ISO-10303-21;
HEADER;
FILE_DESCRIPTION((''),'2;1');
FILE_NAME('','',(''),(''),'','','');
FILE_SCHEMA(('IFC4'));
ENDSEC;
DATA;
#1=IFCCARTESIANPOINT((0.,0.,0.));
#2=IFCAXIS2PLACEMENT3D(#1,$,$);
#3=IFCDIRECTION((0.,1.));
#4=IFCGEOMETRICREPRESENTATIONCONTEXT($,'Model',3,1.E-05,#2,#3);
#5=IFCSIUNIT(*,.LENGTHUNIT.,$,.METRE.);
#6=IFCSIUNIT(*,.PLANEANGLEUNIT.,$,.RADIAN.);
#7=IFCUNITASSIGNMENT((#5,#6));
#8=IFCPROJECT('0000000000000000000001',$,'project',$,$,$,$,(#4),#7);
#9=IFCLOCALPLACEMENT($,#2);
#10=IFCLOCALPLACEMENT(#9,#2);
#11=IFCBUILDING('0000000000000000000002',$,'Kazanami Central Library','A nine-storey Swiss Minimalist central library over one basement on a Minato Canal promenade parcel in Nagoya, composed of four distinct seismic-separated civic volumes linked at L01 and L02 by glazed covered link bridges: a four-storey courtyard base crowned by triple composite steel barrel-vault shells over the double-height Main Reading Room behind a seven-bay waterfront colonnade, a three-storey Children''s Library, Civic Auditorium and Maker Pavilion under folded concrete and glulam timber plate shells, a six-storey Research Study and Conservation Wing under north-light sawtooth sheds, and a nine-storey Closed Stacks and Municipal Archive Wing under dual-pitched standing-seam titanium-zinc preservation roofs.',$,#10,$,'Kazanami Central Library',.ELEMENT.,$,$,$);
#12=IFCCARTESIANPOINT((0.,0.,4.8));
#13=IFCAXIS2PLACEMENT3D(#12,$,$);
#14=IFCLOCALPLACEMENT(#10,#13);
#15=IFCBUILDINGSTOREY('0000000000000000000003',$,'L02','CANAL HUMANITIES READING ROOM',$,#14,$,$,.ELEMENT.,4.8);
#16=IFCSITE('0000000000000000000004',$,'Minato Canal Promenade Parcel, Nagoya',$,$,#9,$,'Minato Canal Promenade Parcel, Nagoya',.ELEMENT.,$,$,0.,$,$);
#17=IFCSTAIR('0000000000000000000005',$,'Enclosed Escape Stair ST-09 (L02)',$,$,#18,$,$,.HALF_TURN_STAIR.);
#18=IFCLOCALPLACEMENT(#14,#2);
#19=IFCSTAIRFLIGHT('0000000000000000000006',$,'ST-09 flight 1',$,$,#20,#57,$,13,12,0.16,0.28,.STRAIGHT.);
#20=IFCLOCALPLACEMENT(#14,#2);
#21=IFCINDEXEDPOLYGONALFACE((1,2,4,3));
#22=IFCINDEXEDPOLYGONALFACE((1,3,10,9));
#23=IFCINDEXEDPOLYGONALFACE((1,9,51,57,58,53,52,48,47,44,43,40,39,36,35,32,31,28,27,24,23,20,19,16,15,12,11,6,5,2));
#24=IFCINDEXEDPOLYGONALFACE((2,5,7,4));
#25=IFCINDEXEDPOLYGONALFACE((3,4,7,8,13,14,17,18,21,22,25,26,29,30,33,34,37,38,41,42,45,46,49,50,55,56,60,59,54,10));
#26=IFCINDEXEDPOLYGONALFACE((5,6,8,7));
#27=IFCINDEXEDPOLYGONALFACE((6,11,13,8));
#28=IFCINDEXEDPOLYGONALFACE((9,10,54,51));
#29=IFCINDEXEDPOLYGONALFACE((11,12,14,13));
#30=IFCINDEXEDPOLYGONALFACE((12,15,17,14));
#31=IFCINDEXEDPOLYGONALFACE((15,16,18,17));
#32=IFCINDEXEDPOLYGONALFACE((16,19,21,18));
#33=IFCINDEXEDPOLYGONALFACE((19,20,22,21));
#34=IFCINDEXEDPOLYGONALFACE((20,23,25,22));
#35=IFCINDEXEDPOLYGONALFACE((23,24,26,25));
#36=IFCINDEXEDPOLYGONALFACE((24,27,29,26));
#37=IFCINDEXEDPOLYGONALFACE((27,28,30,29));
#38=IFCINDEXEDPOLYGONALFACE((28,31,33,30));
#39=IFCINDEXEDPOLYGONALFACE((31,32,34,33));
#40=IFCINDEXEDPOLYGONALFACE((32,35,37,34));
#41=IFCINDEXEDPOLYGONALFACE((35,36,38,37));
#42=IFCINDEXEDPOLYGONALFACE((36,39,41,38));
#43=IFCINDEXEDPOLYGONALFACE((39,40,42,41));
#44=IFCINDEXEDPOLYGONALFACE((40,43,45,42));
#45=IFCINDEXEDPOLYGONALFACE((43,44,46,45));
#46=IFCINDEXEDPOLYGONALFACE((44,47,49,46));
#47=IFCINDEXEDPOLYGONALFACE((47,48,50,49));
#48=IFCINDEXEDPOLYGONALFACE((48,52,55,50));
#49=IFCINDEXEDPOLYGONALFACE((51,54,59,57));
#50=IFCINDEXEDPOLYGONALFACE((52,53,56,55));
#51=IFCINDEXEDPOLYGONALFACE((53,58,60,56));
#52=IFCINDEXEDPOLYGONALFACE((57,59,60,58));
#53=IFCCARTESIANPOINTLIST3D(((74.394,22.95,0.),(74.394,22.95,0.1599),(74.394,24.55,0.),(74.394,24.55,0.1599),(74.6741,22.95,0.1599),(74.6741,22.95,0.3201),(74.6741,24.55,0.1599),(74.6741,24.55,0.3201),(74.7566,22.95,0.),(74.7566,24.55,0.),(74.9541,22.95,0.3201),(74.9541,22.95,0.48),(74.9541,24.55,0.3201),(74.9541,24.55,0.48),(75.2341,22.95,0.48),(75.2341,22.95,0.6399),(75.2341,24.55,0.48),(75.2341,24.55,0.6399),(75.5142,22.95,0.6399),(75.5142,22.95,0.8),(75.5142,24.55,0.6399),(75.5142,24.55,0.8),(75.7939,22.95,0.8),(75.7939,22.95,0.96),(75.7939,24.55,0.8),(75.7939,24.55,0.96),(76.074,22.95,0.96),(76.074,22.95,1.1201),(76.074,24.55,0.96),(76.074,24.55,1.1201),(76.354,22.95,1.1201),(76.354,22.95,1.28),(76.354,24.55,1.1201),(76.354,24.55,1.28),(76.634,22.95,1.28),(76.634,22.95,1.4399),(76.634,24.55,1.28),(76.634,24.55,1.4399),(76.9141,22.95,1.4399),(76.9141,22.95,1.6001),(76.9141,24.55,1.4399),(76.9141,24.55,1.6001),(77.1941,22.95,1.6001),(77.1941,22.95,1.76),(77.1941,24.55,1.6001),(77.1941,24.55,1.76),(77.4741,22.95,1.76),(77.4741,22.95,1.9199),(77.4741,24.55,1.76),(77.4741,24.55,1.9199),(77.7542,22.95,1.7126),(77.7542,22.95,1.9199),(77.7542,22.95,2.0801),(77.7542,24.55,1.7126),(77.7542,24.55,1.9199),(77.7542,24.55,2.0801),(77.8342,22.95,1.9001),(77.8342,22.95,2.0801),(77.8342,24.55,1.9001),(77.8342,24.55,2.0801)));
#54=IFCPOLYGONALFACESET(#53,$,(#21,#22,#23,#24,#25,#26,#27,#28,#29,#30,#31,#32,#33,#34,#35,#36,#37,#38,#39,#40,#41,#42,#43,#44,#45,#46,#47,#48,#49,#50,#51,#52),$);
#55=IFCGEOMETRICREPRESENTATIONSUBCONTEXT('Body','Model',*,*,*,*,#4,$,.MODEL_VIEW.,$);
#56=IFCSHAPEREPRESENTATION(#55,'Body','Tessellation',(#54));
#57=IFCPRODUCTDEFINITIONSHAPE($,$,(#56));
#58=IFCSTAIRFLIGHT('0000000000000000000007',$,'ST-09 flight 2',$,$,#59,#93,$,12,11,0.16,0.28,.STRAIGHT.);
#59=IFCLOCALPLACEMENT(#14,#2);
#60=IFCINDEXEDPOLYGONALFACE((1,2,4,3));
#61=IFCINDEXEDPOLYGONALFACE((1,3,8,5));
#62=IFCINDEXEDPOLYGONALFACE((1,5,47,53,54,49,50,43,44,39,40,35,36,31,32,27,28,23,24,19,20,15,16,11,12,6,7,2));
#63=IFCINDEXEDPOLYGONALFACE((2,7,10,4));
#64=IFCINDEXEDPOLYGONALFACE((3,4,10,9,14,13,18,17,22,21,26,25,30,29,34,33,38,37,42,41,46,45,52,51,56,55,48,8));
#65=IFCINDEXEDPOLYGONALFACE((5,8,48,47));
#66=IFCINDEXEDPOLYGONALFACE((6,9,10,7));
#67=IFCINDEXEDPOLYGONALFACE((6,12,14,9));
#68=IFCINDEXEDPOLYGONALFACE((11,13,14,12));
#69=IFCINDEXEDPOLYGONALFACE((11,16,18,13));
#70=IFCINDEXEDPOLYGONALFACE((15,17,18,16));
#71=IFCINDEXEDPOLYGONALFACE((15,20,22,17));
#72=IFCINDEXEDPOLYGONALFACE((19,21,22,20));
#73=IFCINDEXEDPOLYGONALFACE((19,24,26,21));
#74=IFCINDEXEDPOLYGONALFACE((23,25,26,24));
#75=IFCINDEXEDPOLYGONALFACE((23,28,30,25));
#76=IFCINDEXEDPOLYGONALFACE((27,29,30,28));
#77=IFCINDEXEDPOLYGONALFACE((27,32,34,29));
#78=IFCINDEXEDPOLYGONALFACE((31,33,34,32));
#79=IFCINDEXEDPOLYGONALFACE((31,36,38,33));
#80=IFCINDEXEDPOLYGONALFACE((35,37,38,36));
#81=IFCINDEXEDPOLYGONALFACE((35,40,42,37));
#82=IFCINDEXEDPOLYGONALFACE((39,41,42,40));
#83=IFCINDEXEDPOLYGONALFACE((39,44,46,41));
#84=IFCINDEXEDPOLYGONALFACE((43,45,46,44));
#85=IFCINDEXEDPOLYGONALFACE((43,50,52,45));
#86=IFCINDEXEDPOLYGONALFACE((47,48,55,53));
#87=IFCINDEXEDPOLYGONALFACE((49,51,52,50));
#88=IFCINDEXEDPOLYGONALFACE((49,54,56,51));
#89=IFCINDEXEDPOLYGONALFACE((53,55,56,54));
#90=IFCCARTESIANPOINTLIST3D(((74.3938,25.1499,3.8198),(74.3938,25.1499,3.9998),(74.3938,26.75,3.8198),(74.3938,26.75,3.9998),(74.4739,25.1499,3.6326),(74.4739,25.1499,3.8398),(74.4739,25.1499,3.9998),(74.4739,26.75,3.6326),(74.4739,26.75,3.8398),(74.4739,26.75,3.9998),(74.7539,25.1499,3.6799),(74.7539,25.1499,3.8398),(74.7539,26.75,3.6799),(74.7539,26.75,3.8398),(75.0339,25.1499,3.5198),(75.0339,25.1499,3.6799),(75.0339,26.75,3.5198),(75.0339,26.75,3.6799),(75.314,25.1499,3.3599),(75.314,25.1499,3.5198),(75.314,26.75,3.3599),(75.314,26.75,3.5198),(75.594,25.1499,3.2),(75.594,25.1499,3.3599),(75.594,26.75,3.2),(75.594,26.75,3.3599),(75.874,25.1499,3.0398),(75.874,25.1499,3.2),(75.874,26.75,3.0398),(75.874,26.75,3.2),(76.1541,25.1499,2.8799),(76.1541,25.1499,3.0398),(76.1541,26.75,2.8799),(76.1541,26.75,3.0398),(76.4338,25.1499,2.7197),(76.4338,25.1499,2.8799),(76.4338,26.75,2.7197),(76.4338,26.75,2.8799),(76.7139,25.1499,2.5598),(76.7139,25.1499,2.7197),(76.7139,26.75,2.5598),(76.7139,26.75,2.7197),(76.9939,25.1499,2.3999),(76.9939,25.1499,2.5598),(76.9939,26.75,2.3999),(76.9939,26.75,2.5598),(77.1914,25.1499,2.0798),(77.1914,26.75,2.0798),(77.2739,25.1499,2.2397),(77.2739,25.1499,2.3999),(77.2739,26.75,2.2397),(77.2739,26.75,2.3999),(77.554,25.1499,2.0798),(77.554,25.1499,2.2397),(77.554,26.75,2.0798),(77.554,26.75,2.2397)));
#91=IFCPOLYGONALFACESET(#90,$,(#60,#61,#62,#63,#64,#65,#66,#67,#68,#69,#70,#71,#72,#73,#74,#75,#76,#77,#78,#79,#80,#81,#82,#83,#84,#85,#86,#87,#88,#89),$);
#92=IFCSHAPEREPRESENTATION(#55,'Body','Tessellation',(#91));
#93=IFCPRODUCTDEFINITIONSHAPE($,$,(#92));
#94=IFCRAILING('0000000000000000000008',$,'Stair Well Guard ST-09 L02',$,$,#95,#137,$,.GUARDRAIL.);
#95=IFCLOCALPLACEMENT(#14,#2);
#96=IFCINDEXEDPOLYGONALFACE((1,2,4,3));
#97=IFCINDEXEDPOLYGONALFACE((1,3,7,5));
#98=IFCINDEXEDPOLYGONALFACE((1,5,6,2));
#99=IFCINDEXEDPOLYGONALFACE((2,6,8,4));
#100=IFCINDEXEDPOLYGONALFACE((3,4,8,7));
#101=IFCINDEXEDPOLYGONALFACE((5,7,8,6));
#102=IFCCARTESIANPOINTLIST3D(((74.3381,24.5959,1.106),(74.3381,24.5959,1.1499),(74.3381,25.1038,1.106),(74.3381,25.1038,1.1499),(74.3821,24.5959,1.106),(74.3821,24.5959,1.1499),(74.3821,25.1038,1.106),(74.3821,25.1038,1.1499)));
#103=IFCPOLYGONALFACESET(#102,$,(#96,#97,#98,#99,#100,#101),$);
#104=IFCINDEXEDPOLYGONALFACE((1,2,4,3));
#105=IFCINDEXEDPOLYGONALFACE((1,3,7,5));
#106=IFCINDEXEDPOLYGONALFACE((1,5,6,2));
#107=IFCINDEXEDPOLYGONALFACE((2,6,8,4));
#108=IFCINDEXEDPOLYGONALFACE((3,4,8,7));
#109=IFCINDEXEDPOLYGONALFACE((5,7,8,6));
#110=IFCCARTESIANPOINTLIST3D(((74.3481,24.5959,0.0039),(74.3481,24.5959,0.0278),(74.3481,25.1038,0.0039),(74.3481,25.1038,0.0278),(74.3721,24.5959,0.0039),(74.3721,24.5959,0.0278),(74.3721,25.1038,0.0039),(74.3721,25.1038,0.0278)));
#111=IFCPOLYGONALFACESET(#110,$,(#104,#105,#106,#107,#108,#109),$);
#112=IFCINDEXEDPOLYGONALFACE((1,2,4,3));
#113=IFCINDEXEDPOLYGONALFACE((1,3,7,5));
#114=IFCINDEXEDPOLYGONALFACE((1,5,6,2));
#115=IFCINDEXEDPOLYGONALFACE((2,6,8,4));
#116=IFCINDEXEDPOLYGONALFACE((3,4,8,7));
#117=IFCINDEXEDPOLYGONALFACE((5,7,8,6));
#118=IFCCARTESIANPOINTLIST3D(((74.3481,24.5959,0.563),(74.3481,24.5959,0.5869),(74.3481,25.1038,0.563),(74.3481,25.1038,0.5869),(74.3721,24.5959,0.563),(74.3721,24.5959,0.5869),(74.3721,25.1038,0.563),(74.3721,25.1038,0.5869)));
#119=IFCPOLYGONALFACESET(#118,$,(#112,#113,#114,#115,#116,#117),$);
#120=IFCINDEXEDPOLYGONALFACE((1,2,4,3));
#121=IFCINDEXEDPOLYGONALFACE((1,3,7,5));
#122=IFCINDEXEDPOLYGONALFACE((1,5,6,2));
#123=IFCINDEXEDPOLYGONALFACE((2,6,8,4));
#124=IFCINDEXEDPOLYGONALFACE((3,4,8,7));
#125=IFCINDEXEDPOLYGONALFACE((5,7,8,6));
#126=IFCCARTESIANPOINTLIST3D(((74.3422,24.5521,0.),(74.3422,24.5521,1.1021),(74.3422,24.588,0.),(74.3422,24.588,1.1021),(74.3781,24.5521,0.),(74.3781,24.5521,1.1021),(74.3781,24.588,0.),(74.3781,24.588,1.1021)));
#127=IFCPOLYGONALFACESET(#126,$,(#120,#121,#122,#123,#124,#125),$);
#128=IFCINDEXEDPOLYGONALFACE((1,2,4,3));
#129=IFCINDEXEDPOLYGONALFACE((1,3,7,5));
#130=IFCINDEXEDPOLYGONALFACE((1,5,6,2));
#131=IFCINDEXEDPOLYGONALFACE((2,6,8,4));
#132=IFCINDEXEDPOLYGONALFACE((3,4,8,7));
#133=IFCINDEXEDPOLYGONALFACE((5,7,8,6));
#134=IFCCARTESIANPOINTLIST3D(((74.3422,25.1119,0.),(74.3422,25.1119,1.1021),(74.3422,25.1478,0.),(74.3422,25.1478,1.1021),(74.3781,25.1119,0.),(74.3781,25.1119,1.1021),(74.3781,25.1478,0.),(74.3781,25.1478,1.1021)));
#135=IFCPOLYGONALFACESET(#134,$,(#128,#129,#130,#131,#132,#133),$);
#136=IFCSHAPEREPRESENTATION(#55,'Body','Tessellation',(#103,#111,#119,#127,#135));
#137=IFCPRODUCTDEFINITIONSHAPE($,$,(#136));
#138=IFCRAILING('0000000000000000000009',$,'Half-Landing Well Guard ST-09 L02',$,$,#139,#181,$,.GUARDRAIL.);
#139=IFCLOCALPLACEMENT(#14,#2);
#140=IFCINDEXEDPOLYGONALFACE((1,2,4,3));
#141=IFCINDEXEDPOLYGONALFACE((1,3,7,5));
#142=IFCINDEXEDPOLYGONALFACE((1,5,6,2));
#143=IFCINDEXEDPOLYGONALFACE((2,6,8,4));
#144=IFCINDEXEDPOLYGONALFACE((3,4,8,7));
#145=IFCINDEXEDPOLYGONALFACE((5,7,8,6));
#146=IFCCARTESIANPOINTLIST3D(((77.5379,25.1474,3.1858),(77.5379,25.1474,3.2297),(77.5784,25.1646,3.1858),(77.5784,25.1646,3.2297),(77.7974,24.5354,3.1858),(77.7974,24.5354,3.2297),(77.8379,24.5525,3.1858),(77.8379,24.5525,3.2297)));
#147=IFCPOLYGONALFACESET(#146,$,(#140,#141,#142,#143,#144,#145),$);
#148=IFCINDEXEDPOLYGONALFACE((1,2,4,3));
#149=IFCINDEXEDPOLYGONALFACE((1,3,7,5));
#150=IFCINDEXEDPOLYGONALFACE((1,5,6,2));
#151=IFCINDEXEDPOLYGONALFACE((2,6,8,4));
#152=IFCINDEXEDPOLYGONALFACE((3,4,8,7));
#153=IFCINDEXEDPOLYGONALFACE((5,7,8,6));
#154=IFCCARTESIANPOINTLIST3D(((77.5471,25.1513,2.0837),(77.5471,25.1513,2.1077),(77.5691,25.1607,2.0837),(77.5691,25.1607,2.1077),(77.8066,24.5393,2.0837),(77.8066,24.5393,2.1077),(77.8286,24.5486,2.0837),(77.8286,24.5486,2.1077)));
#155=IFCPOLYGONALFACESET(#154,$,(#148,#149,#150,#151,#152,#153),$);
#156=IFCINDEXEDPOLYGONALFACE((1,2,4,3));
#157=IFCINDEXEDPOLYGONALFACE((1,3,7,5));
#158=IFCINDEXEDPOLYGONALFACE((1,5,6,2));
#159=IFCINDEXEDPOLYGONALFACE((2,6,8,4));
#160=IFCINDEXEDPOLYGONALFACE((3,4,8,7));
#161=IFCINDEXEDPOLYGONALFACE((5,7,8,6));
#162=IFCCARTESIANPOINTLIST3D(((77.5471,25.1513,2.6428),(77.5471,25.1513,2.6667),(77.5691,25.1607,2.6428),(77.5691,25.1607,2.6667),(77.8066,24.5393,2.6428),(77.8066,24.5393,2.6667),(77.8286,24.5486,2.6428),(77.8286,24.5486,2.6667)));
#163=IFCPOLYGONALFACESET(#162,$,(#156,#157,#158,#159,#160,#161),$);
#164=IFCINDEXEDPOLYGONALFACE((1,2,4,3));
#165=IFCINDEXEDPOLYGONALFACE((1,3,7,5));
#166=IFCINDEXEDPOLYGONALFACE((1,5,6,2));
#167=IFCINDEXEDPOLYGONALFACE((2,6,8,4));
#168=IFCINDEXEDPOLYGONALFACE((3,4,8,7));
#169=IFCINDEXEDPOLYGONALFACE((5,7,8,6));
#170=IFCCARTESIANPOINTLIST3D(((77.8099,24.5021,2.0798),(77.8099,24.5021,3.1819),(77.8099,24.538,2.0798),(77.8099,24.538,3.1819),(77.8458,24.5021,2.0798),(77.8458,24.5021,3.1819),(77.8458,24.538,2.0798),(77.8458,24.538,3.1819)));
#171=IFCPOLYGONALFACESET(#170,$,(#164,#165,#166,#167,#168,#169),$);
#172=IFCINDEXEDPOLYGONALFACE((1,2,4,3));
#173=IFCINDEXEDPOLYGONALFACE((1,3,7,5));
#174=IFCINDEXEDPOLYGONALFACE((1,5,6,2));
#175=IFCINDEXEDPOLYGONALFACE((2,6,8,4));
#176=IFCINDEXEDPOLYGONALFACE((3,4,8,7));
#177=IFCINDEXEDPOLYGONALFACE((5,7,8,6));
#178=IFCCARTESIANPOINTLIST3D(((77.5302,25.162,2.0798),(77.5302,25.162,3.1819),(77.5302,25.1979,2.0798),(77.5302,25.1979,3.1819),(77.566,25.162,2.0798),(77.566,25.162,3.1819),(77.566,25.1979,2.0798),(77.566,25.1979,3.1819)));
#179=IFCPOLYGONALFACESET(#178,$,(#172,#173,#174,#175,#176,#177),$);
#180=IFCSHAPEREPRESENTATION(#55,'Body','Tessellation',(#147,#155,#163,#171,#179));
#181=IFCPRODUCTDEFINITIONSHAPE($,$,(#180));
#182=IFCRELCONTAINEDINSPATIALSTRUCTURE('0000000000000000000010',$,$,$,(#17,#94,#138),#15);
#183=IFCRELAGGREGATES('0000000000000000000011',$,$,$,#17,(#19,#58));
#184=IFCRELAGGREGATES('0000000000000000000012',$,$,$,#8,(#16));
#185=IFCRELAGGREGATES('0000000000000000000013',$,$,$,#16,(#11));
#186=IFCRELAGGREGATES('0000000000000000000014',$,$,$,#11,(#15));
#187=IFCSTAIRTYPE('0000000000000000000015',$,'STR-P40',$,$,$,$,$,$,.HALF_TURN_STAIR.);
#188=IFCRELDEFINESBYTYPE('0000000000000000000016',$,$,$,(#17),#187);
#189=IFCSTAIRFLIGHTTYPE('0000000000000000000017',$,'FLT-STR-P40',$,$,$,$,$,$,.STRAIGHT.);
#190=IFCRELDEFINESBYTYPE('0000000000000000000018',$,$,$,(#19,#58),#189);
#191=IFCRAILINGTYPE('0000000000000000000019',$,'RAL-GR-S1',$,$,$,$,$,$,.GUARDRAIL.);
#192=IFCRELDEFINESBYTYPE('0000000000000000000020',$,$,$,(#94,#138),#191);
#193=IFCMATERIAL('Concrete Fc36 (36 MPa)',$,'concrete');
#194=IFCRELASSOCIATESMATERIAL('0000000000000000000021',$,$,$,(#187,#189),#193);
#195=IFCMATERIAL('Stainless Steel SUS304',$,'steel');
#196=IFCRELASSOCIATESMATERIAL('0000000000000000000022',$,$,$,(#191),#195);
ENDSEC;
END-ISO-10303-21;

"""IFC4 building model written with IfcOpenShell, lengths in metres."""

from ifc_helpers import new_model, si_unit, direction, frame, origin, origin_2d, place, context, subcontext, project, spatial, polyline, rectangle, outline, extrude, material, type_object, element, aggregate, save


model = new_model("IFC4")

# Units and contexts
model_context = context("Model", 3, precision=1e-05, world=origin(), true_north=direction((0.0, 1.0)))
body_context = subcontext(model_context, "Body", "Model", "MODEL_VIEW")
ifc_project = project(units=[si_unit("LENGTHUNIT", "METRE"), si_unit("PLANEANGLEUNIT", "RADIAN")], contexts=[model_context])

# Site, building, storey
site_placement = place(None, origin())
site = spatial("IfcSite", under=ifc_project, at=site_placement, Name="Minato Canal Promenade Parcel, Nagoya", LongName="Minato Canal Promenade Parcel, Nagoya", CompositionType="ELEMENT", RefElevation=0.0)
building_placement = place(site_placement, origin())
building = spatial("IfcBuilding", under=site, at=building_placement, Name="Kazanami Central Library", Description="A nine-storey Swiss Minimalist central library over one basement on a Minato Canal promenade parcel in Nagoya, composed of four distinct seismic-separated civic volumes linked at L01 and L02 by glazed covered link bridges: a four-storey courtyard base crowned by triple composite steel barrel-vault shells over the double-height Main Reading Room behind a seven-bay waterfront colonnade, a three-storey Children's Library, Civic Auditorium and Maker Pavilion under folded concrete and glulam timber plate shells, a six-storey Research Study and Conservation Wing under north-light sawtooth sheds, and a nine-storey Closed Stacks and Municipal Archive Wing under dual-pitched standing-seam titanium-zinc preservation roofs.", LongName="Kazanami Central Library", CompositionType="ELEMENT")
storey_placement = place(building_placement, frame((0.0, 0.0, 4.8)))
storey = spatial("IfcBuildingStorey", under=building, at=storey_placement, Name="L02", Description="CANAL HUMANITIES READING ROOM", CompositionType="ELEMENT", Elevation=4.8)

# Shared definitions
ifc_material_1 = material(Name="Concrete Fc36 (36 MPa)", Category="concrete")

# Stair, stair flights
stair_type = type_object("IfcStairType", Name="STR-P40", PredefinedType="HALF_TURN_STAIR", material=ifc_material_1)
stair_placement = place(storey_placement, origin())
stair = element("IfcStair", 1, at=stair_placement, inside=storey, type_object=stair_type, Name="Enclosed Escape Stair ST-09 (L02)", PredefinedType="HALF_TURN_STAIR")
stair_flight_type = type_object("IfcStairFlightType", Name="FLT-STR-P40", PredefinedType="STRAIGHT", material=ifc_material_1)
stair_flight_1_placement = place(storey_placement, frame((74.394, 23.75, 0.0), z_axis=(0.0, 0.0, 1.0), x_axis=(1.0, 0.0, 0.0)))
stair_flight_1 = element("IfcStairFlight", 2, at=stair_flight_1_placement, type_object=stair_flight_type, Name="ST-09 flight 1", NumberOfRisers=13, NumberOfTreads=12, PredefinedType="STRAIGHT", RiserHeight=0.16, TreadLength=0.28, context=body_context, shape_type="SweptSolid", body=[
    extrude(outline(polyline([(0.0, 0.0), (0.0, 0.1599), (0.28, 0.1599), (0.28, 0.3201), (0.5601, 0.3201), (0.5601, 0.48), (0.8401, 0.48), (0.8401, 0.6399), (1.1201, 0.6399), (1.1201, 0.8), (1.3999, 0.8), (1.3999, 0.96), (1.6799, 0.96), (1.6799, 1.1201), (1.96, 1.1201), (1.96, 1.28), (2.24, 1.28), (2.24, 1.4399), (2.52, 1.4399), (2.52, 1.6001), (2.8, 1.6001), (2.8, 1.76), (3.0801, 1.76), (3.0801, 1.9199), (3.3601, 1.9199), (3.3601, 2.0801), (3.4402, 2.0801), (3.4402, 1.9001), (3.3601, 1.7126), (0.3625, 0.0), (0.0, 0.0)])), frame((0.0, 0.8, 0.0), z_axis=(0.0, -1.0, 0.0), x_axis=(1.0, 0.0, 0.0)), (0.0, 0.0, 1.0), 1.6001),
])
stair_flight_2_placement = place(storey_placement, frame((77.554, 25.95, 2.0798), z_axis=(0.0, 0.0, 1.0), x_axis=(-1.0, 0.0, 0.0)))
stair_flight_2 = element("IfcStairFlight", 3, at=stair_flight_2_placement, type_object=stair_flight_type, Name="ST-09 flight 2", NumberOfRisers=12, NumberOfTreads=11, PredefinedType="STRAIGHT", RiserHeight=0.16, TreadLength=0.28, context=body_context, shape_type="SweptSolid", body=[
    extrude(outline(polyline([(0.0, 0.0), (0.0, 0.1599), (0.28, 0.1599), (0.28, 0.3201), (0.5601, 0.3201), (0.5601, 0.48), (0.8401, 0.48), (0.8401, 0.6399), (1.1201, 0.6399), (1.1201, 0.8), (1.3999, 0.8), (1.3999, 0.96), (1.6799, 0.96), (1.6799, 1.1201), (1.96, 1.1201), (1.96, 1.28), (2.24, 1.28), (2.24, 1.4399), (2.52, 1.4399), (2.52, 1.6001), (2.8, 1.6001), (2.8, 1.76), (3.0801, 1.76), (3.0801, 1.9199), (3.1602, 1.9199), (3.1602, 1.74), (3.0801, 1.5527), (0.3625, 0.0), (0.0, 0.0)])), frame((0.0, 0.8, 0.0), z_axis=(0.0, -1.0, 0.0), x_axis=(1.0, 0.0, 0.0)), (0.0, 0.0, 1.0), 1.6001),
])
aggregate(stair, [stair_flight_1, stair_flight_2])

# Railings
ifc_material_2 = material(Name="Stainless Steel SUS304", Category="steel")
railing_type_1 = type_object("IfcRailingType", Name="RAL-GR-S1", PredefinedType="GUARDRAIL", material=ifc_material_2)
railing_1_placement = place(storey_placement, frame((74.3601, 24.5701, 0.0)))
element("IfcRailing", 4, at=railing_1_placement, inside=storey, type_object=railing_type_1, Name="Stair Well Guard ST-09 L02", PredefinedType="GUARDRAIL", context=body_context, shape_type="SweptSolid", body=[
    extrude(rectangle(XDim=0.0439, YDim=0.0439, at=origin_2d()), frame((0.0, 0.0259, 1.1279), z_axis=(0.0, 1.0, 0.0), x_axis=(-1.0, 0.0, 0.0)), (0.0, 0.0, 1.0), 0.5078),
    extrude(rectangle(XDim=0.0239, YDim=0.0239, at=origin_2d()), frame((0.0, 0.0259, 0.0159), z_axis=(0.0, 1.0, 0.0), x_axis=(-1.0, 0.0, 0.0)), (0.0, 0.0, 1.0), 0.5078),
    extrude(rectangle(XDim=0.0239, YDim=0.0239, at=origin_2d()), frame((0.0, 0.0259, 0.575), z_axis=(0.0, 1.0, 0.0), x_axis=(-1.0, 0.0, 0.0)), (0.0, 0.0, 1.0), 0.5078),
    extrude(rectangle(XDim=0.0359, YDim=0.0359, at=origin_2d()), origin(), (0.0, 0.0, 1.0), 1.1021),
    extrude(rectangle(XDim=0.0359, YDim=0.0359, at=origin_2d()), frame((0.0, 0.5598, 0.0)), (0.0, 0.0, 1.0), 1.1021),
])
railing_2_placement = place(storey_placement, frame((77.8279, 24.52, 2.0798)))
element("IfcRailing", 5, at=railing_2_placement, inside=storey, type_object=railing_type_1, Name="Half-Landing Well Guard ST-09 L02", PredefinedType="GUARDRAIL", context=body_context, shape_type="SweptSolid", body=[
    extrude(rectangle(XDim=0.0439, YDim=0.0439, at=origin_2d()), frame((-0.0103, 0.0239, 1.1279), z_axis=(-0.39034, 0.920671, 0.0), x_axis=(-0.920671, -0.39034, 0.0)), (0.0, 0.0, 1.0), 0.6648),
    extrude(rectangle(XDim=0.0239, YDim=0.0239, at=origin_2d()), frame((-0.0103, 0.0239, 0.0159), z_axis=(-0.39034, 0.920671, 0.0), x_axis=(-0.920671, -0.39034, 0.0)), (0.0, 0.0, 1.0), 0.6648),
    extrude(rectangle(XDim=0.0239, YDim=0.0239, at=origin_2d()), frame((-0.0103, 0.0239, 0.575), z_axis=(-0.39034, 0.920671, 0.0), x_axis=(-0.920671, -0.39034, 0.0)), (0.0, 0.0, 1.0), 0.6648),
    extrude(rectangle(XDim=0.0359, YDim=0.0359, at=origin_2d()), origin(), (0.0, 0.0, 1.0), 1.1021),
    extrude(rectangle(XDim=0.0359, YDim=0.0359, at=origin_2d()), frame((-0.2798, 0.6599, 0.0)), (0.0, 0.0, 1.0), 1.1021),
])

save(model, "model.ifc")
